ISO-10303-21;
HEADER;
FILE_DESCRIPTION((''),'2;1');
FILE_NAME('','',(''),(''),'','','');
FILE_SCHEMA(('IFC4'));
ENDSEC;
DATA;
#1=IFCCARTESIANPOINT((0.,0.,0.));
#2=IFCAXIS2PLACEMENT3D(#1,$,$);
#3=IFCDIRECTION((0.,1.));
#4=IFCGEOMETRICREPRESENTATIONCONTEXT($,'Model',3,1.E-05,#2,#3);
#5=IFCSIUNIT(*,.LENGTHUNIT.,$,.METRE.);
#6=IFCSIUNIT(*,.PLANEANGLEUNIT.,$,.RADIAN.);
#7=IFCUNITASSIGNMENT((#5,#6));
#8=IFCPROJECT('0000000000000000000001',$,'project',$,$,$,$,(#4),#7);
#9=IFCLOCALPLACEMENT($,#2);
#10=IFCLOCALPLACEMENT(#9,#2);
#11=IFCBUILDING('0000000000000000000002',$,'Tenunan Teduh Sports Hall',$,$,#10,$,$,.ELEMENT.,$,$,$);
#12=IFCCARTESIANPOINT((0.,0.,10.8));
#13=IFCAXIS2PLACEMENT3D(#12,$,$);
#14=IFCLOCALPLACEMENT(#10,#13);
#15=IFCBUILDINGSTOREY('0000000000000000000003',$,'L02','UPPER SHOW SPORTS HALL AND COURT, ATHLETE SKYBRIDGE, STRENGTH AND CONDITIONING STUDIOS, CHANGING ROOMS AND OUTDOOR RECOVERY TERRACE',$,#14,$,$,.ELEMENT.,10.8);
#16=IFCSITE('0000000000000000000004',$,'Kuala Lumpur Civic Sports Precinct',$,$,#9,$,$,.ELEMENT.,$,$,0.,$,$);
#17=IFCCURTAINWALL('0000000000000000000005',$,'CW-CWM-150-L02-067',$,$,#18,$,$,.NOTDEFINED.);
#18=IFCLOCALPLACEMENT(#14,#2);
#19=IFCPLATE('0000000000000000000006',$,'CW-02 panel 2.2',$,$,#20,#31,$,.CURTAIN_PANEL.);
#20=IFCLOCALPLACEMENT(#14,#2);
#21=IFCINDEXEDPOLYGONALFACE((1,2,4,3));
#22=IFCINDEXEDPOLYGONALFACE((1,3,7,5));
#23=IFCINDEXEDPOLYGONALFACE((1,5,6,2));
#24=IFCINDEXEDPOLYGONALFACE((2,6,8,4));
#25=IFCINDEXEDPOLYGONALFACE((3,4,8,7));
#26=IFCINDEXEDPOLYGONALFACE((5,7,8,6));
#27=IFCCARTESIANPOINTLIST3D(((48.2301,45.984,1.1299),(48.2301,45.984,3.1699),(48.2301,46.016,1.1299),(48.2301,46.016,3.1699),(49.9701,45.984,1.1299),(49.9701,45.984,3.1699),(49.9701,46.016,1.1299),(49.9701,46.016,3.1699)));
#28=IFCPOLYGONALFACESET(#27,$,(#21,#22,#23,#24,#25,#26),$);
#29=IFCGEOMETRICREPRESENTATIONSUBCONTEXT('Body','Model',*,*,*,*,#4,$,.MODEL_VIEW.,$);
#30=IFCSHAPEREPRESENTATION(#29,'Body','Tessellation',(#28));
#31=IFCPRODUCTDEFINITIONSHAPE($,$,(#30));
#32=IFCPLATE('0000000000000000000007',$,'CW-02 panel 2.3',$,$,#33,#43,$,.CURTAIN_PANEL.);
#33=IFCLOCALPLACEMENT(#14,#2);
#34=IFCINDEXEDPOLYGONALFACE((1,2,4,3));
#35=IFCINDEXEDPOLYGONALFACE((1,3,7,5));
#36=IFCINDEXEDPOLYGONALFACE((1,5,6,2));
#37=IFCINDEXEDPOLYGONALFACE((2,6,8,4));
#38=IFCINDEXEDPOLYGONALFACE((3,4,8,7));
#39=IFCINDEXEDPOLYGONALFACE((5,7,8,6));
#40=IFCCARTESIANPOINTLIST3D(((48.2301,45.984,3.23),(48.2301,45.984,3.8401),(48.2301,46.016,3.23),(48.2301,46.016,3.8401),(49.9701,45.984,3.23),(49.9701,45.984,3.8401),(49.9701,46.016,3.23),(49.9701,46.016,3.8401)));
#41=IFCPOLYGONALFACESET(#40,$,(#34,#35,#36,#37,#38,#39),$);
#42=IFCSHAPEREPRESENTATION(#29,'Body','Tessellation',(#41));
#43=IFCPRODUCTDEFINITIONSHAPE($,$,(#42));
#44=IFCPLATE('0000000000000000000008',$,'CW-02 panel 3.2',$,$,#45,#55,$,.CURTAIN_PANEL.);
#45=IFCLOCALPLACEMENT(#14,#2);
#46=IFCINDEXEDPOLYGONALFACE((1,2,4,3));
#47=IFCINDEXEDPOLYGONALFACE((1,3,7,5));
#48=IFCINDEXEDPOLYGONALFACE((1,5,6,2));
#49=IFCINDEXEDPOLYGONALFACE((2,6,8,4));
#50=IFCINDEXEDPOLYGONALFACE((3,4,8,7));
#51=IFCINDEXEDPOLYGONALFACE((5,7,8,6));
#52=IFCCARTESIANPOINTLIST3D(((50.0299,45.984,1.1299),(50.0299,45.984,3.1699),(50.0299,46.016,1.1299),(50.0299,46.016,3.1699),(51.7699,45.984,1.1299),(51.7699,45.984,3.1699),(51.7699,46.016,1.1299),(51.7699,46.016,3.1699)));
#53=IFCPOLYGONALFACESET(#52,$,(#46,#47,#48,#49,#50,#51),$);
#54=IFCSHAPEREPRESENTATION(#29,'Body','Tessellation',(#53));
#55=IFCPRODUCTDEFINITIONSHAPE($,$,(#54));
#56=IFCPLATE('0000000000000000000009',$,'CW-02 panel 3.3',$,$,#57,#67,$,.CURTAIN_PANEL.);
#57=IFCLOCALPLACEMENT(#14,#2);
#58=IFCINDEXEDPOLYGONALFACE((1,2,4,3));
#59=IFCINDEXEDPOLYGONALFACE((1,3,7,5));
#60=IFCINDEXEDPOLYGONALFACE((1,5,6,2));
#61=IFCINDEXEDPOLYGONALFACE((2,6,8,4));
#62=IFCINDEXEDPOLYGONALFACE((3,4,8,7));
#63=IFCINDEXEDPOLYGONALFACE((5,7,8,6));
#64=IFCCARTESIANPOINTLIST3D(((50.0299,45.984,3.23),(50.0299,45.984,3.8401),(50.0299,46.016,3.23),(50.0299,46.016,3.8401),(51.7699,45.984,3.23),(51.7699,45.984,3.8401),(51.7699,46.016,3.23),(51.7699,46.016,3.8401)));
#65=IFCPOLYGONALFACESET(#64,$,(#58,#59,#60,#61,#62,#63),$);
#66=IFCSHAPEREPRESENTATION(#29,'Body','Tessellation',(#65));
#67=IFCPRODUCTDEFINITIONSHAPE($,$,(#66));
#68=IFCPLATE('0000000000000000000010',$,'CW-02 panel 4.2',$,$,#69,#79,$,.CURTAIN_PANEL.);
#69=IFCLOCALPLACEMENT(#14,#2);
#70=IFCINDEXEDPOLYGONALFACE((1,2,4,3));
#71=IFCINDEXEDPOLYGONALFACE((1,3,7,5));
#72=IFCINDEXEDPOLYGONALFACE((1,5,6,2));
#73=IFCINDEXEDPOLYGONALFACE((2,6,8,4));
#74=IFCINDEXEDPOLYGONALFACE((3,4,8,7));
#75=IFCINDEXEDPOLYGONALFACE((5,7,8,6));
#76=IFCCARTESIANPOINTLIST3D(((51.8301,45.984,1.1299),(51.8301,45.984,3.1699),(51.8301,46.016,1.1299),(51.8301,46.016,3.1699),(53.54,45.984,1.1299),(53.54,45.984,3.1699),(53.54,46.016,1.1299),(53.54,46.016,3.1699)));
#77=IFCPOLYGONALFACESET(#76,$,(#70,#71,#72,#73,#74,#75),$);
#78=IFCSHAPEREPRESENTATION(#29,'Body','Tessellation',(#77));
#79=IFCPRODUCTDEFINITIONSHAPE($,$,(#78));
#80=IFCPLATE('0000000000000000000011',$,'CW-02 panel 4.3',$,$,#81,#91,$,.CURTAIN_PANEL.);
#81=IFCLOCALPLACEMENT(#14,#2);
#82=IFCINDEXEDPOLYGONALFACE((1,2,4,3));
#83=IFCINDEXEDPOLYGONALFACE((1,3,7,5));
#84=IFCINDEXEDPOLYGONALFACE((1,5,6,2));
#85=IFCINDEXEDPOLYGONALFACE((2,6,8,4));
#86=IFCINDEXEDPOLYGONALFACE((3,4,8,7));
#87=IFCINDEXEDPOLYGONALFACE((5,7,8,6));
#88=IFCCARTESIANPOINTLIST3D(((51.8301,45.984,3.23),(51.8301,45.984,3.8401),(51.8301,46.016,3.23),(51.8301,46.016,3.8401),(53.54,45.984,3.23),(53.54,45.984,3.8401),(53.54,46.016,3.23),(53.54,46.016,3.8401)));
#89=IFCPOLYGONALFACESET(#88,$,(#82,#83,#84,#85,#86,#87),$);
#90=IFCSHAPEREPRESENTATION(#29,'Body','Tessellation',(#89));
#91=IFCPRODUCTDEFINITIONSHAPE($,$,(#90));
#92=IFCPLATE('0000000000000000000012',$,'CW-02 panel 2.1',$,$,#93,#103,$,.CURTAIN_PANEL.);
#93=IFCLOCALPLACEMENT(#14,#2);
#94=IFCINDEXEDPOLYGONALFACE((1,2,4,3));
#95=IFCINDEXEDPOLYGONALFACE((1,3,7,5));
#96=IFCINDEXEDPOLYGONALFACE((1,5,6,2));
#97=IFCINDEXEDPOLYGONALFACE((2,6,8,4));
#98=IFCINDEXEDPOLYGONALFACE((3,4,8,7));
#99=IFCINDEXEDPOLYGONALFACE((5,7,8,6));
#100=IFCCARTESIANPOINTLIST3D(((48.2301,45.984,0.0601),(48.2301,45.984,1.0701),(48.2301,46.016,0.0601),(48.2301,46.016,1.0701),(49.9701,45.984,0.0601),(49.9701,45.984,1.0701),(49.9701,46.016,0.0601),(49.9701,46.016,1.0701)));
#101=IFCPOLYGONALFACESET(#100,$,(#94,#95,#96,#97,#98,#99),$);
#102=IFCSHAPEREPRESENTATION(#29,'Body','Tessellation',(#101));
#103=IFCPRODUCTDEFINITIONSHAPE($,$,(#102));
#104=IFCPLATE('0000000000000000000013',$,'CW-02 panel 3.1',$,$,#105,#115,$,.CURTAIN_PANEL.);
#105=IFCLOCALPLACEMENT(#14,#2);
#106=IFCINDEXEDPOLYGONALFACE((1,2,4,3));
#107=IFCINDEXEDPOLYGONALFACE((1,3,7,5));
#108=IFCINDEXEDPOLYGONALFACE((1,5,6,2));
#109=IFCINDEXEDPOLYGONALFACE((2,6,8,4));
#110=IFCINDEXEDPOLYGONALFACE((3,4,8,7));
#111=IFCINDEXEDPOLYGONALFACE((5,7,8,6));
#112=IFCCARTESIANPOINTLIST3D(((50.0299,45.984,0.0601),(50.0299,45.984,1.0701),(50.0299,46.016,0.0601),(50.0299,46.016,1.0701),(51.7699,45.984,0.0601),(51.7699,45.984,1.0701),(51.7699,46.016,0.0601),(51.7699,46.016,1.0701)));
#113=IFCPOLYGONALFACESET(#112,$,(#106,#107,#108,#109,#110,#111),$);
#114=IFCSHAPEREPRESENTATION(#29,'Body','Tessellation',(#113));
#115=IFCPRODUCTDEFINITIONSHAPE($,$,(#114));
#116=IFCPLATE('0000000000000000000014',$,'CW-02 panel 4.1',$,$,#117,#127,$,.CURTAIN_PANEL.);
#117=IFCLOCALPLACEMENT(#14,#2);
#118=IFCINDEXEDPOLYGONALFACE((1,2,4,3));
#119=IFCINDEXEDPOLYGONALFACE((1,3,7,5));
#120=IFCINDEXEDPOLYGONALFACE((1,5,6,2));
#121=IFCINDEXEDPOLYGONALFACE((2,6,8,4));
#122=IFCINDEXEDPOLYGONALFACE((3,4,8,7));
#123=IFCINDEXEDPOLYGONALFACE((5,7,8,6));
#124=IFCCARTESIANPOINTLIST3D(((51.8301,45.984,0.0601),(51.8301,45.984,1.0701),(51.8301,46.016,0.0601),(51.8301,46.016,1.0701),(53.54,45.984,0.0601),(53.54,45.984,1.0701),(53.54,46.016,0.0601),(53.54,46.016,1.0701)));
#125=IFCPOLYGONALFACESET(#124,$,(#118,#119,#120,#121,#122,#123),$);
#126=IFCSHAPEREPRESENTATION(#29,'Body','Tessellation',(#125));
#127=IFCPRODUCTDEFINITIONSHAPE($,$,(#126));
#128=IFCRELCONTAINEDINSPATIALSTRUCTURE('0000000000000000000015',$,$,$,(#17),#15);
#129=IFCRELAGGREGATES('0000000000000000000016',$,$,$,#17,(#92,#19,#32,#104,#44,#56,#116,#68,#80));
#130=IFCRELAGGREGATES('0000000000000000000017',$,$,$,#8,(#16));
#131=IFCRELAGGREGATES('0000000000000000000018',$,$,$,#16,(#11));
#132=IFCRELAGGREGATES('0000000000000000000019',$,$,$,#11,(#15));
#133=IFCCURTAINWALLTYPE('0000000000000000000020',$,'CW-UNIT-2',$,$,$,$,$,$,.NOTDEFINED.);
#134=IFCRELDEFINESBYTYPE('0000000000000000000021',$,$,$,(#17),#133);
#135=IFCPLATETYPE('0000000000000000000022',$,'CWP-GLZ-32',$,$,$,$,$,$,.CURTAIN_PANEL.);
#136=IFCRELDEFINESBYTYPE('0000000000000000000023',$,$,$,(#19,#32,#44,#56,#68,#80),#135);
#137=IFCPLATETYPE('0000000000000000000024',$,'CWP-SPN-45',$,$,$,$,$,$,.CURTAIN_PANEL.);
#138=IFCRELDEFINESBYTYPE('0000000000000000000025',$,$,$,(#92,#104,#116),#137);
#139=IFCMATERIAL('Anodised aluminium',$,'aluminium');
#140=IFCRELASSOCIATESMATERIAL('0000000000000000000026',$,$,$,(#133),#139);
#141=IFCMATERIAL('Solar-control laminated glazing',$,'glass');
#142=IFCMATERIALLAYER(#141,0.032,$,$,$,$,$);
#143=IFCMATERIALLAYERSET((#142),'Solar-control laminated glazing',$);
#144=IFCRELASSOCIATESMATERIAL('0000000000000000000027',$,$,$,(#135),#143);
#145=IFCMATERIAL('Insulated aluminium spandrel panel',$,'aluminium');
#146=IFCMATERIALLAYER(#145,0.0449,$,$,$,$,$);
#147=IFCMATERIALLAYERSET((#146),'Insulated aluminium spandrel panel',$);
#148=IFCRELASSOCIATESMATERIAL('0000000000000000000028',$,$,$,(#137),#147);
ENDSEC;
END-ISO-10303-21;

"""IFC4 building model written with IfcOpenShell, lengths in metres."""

from ifc_helpers import new_model, si_unit, direction, frame, origin, origin_2d, place, context, subcontext, project, spatial, rectangle, extrude, material, layer, layer_set, type_object, element, aggregate, save


model = new_model("IFC4")

# Units and contexts
model_context = context("Model", 3, precision=1e-05, world=origin(), true_north=direction((0.0, 1.0)))
body_context = subcontext(model_context, "Body", "Model", "MODEL_VIEW")
ifc_project = project(units=[si_unit("LENGTHUNIT", "METRE"), si_unit("PLANEANGLEUNIT", "RADIAN")], contexts=[model_context])

# Site, building, storey
site_placement = place(None, origin())
site = spatial("IfcSite", under=ifc_project, at=site_placement, Name="Kuala Lumpur Civic Sports Precinct", CompositionType="ELEMENT", RefElevation=0.0)
building_placement = place(site_placement, origin())
building = spatial("IfcBuilding", under=site, at=building_placement, Name="Tenunan Teduh Sports Hall", CompositionType="ELEMENT")
storey_placement = place(building_placement, frame((0.0, 0.0, 10.8)))
storey = spatial("IfcBuildingStorey", under=building, at=storey_placement, Name="L02", Description="UPPER SHOW SPORTS HALL AND COURT, ATHLETE SKYBRIDGE, STRENGTH AND CONDITIONING STUDIOS, CHANGING ROOMS AND OUTDOOR RECOVERY TERRACE", CompositionType="ELEMENT", Elevation=10.8)

# Curtain wall, plates
ifc_material_1 = material(Name="Anodised aluminium", Category="aluminium")
curtain_wall_type = type_object("IfcCurtainWallType", Name="CW-UNIT-2", PredefinedType="NOTDEFINED", material=ifc_material_1)
curtain_wall_placement = place(storey_placement, origin())
curtain_wall = element("IfcCurtainWall", 1, at=curtain_wall_placement, inside=storey, type_object=curtain_wall_type, Name="CW-CWM-150-L02-067", PredefinedType="NOTDEFINED")
ifc_material_2 = material(Name="Solar-control laminated glazing", Category="glass")
ifc_layer_1 = layer(ifc_material_2, 0.032)
ifc_layer_set_1 = layer_set([ifc_layer_1], Name="Solar-control laminated glazing")
plate_type_1 = type_object("IfcPlateType", Name="CWP-GLZ-32", PredefinedType="CURTAIN_PANEL", material=ifc_layer_set_1)
plate_1_placement = place(storey_placement, frame((49.1001, 46.0, 1.1299), z_axis=(0.0, 0.0, 1.0), x_axis=(1.0, 0.0, 0.0)))
plate_1 = element("IfcPlate", 2, at=plate_1_placement, type_object=plate_type_1, Name="CW-02 panel 2.2", PredefinedType="CURTAIN_PANEL", context=body_context, shape_type="SweptSolid", body=[
    extrude(rectangle(XDim=1.74, YDim=0.032, at=origin_2d()), origin(), (0.0, 0.0, 1.0), 2.04),
])
plate_2_placement = place(storey_placement, frame((49.1001, 46.0, 3.23), z_axis=(0.0, 0.0, 1.0), x_axis=(1.0, 0.0, 0.0)))
plate_2 = element("IfcPlate", 3, at=plate_2_placement, type_object=plate_type_1, Name="CW-02 panel 2.3", PredefinedType="CURTAIN_PANEL", context=body_context, shape_type="SweptSolid", body=[
    extrude(rectangle(XDim=1.74, YDim=0.032, at=origin_2d()), origin(), (0.0, 0.0, 1.0), 0.6101),
])
plate_3_placement = place(storey_placement, frame((50.8999, 46.0, 1.1299), z_axis=(0.0, 0.0, 1.0), x_axis=(1.0, 0.0, 0.0)))
plate_3 = element("IfcPlate", 4, at=plate_3_placement, type_object=plate_type_1, Name="CW-02 panel 3.2", PredefinedType="CURTAIN_PANEL", context=body_context, shape_type="SweptSolid", body=[
    extrude(rectangle(XDim=1.74, YDim=0.032, at=origin_2d()), origin(), (0.0, 0.0, 1.0), 2.04),
])
plate_4_placement = place(storey_placement, frame((50.8999, 46.0, 3.23), z_axis=(0.0, 0.0, 1.0), x_axis=(1.0, 0.0, 0.0)))
plate_4 = element("IfcPlate", 5, at=plate_4_placement, type_object=plate_type_1, Name="CW-02 panel 3.3", PredefinedType="CURTAIN_PANEL", context=body_context, shape_type="SweptSolid", body=[
    extrude(rectangle(XDim=1.74, YDim=0.032, at=origin_2d()), origin(), (0.0, 0.0, 1.0), 0.6101),
])
plate_5_placement = place(storey_placement, frame((52.6851, 46.0, 1.1299), z_axis=(0.0, 0.0, 1.0), x_axis=(1.0, 0.0, 0.0)))
plate_5 = element("IfcPlate", 6, at=plate_5_placement, type_object=plate_type_1, Name="CW-02 panel 4.2", PredefinedType="CURTAIN_PANEL", context=body_context, shape_type="SweptSolid", body=[
    extrude(rectangle(XDim=1.71, YDim=0.032, at=origin_2d()), origin(), (0.0, 0.0, 1.0), 2.04),
])
plate_6_placement = place(storey_placement, frame((52.6851, 46.0, 3.23), z_axis=(0.0, 0.0, 1.0), x_axis=(1.0, 0.0, 0.0)))
plate_6 = element("IfcPlate", 7, at=plate_6_placement, type_object=plate_type_1, Name="CW-02 panel 4.3", PredefinedType="CURTAIN_PANEL", context=body_context, shape_type="SweptSolid", body=[
    extrude(rectangle(XDim=1.71, YDim=0.032, at=origin_2d()), origin(), (0.0, 0.0, 1.0), 0.6101),
])
ifc_material_3 = material(Name="Insulated aluminium spandrel panel", Category="aluminium")
ifc_layer_2 = layer(ifc_material_3, 0.0449)
ifc_layer_set_2 = layer_set([ifc_layer_2], Name="Insulated aluminium spandrel panel")
plate_type_2 = type_object("IfcPlateType", Name="CWP-SPN-45", PredefinedType="CURTAIN_PANEL", material=ifc_layer_set_2)
plate_7_placement = place(storey_placement, frame((49.1001, 46.0, 0.0601), z_axis=(0.0, 0.0, 1.0), x_axis=(1.0, 0.0, 0.0)))
plate_7 = element("IfcPlate", 8, at=plate_7_placement, type_object=plate_type_2, Name="CW-02 panel 2.1", PredefinedType="CURTAIN_PANEL", context=body_context, shape_type="SweptSolid", body=[
    extrude(rectangle(XDim=1.74, YDim=0.032, at=origin_2d()), origin(), (0.0, 0.0, 1.0), 1.01),
])
plate_8_placement = place(storey_placement, frame((50.8999, 46.0, 0.0601), z_axis=(0.0, 0.0, 1.0), x_axis=(1.0, 0.0, 0.0)))
plate_8 = element("IfcPlate", 9, at=plate_8_placement, type_object=plate_type_2, Name="CW-02 panel 3.1", PredefinedType="CURTAIN_PANEL", context=body_context, shape_type="SweptSolid", body=[
    extrude(rectangle(XDim=1.74, YDim=0.032, at=origin_2d()), origin(), (0.0, 0.0, 1.0), 1.01),
])
plate_9_placement = place(storey_placement, frame((52.6851, 46.0, 0.0601), z_axis=(0.0, 0.0, 1.0), x_axis=(1.0, 0.0, 0.0)))
plate_9 = element("IfcPlate", 10, at=plate_9_placement, type_object=plate_type_2, Name="CW-02 panel 4.1", PredefinedType="CURTAIN_PANEL", context=body_context, shape_type="SweptSolid", body=[
    extrude(rectangle(XDim=1.71, YDim=0.032, at=origin_2d()), origin(), (0.0, 0.0, 1.0), 1.01),
])
aggregate(curtain_wall, [plate_7, plate_1, plate_2, plate_8, plate_3, plate_4, plate_9, plate_5, plate_6])

save(model, "model.ifc")
